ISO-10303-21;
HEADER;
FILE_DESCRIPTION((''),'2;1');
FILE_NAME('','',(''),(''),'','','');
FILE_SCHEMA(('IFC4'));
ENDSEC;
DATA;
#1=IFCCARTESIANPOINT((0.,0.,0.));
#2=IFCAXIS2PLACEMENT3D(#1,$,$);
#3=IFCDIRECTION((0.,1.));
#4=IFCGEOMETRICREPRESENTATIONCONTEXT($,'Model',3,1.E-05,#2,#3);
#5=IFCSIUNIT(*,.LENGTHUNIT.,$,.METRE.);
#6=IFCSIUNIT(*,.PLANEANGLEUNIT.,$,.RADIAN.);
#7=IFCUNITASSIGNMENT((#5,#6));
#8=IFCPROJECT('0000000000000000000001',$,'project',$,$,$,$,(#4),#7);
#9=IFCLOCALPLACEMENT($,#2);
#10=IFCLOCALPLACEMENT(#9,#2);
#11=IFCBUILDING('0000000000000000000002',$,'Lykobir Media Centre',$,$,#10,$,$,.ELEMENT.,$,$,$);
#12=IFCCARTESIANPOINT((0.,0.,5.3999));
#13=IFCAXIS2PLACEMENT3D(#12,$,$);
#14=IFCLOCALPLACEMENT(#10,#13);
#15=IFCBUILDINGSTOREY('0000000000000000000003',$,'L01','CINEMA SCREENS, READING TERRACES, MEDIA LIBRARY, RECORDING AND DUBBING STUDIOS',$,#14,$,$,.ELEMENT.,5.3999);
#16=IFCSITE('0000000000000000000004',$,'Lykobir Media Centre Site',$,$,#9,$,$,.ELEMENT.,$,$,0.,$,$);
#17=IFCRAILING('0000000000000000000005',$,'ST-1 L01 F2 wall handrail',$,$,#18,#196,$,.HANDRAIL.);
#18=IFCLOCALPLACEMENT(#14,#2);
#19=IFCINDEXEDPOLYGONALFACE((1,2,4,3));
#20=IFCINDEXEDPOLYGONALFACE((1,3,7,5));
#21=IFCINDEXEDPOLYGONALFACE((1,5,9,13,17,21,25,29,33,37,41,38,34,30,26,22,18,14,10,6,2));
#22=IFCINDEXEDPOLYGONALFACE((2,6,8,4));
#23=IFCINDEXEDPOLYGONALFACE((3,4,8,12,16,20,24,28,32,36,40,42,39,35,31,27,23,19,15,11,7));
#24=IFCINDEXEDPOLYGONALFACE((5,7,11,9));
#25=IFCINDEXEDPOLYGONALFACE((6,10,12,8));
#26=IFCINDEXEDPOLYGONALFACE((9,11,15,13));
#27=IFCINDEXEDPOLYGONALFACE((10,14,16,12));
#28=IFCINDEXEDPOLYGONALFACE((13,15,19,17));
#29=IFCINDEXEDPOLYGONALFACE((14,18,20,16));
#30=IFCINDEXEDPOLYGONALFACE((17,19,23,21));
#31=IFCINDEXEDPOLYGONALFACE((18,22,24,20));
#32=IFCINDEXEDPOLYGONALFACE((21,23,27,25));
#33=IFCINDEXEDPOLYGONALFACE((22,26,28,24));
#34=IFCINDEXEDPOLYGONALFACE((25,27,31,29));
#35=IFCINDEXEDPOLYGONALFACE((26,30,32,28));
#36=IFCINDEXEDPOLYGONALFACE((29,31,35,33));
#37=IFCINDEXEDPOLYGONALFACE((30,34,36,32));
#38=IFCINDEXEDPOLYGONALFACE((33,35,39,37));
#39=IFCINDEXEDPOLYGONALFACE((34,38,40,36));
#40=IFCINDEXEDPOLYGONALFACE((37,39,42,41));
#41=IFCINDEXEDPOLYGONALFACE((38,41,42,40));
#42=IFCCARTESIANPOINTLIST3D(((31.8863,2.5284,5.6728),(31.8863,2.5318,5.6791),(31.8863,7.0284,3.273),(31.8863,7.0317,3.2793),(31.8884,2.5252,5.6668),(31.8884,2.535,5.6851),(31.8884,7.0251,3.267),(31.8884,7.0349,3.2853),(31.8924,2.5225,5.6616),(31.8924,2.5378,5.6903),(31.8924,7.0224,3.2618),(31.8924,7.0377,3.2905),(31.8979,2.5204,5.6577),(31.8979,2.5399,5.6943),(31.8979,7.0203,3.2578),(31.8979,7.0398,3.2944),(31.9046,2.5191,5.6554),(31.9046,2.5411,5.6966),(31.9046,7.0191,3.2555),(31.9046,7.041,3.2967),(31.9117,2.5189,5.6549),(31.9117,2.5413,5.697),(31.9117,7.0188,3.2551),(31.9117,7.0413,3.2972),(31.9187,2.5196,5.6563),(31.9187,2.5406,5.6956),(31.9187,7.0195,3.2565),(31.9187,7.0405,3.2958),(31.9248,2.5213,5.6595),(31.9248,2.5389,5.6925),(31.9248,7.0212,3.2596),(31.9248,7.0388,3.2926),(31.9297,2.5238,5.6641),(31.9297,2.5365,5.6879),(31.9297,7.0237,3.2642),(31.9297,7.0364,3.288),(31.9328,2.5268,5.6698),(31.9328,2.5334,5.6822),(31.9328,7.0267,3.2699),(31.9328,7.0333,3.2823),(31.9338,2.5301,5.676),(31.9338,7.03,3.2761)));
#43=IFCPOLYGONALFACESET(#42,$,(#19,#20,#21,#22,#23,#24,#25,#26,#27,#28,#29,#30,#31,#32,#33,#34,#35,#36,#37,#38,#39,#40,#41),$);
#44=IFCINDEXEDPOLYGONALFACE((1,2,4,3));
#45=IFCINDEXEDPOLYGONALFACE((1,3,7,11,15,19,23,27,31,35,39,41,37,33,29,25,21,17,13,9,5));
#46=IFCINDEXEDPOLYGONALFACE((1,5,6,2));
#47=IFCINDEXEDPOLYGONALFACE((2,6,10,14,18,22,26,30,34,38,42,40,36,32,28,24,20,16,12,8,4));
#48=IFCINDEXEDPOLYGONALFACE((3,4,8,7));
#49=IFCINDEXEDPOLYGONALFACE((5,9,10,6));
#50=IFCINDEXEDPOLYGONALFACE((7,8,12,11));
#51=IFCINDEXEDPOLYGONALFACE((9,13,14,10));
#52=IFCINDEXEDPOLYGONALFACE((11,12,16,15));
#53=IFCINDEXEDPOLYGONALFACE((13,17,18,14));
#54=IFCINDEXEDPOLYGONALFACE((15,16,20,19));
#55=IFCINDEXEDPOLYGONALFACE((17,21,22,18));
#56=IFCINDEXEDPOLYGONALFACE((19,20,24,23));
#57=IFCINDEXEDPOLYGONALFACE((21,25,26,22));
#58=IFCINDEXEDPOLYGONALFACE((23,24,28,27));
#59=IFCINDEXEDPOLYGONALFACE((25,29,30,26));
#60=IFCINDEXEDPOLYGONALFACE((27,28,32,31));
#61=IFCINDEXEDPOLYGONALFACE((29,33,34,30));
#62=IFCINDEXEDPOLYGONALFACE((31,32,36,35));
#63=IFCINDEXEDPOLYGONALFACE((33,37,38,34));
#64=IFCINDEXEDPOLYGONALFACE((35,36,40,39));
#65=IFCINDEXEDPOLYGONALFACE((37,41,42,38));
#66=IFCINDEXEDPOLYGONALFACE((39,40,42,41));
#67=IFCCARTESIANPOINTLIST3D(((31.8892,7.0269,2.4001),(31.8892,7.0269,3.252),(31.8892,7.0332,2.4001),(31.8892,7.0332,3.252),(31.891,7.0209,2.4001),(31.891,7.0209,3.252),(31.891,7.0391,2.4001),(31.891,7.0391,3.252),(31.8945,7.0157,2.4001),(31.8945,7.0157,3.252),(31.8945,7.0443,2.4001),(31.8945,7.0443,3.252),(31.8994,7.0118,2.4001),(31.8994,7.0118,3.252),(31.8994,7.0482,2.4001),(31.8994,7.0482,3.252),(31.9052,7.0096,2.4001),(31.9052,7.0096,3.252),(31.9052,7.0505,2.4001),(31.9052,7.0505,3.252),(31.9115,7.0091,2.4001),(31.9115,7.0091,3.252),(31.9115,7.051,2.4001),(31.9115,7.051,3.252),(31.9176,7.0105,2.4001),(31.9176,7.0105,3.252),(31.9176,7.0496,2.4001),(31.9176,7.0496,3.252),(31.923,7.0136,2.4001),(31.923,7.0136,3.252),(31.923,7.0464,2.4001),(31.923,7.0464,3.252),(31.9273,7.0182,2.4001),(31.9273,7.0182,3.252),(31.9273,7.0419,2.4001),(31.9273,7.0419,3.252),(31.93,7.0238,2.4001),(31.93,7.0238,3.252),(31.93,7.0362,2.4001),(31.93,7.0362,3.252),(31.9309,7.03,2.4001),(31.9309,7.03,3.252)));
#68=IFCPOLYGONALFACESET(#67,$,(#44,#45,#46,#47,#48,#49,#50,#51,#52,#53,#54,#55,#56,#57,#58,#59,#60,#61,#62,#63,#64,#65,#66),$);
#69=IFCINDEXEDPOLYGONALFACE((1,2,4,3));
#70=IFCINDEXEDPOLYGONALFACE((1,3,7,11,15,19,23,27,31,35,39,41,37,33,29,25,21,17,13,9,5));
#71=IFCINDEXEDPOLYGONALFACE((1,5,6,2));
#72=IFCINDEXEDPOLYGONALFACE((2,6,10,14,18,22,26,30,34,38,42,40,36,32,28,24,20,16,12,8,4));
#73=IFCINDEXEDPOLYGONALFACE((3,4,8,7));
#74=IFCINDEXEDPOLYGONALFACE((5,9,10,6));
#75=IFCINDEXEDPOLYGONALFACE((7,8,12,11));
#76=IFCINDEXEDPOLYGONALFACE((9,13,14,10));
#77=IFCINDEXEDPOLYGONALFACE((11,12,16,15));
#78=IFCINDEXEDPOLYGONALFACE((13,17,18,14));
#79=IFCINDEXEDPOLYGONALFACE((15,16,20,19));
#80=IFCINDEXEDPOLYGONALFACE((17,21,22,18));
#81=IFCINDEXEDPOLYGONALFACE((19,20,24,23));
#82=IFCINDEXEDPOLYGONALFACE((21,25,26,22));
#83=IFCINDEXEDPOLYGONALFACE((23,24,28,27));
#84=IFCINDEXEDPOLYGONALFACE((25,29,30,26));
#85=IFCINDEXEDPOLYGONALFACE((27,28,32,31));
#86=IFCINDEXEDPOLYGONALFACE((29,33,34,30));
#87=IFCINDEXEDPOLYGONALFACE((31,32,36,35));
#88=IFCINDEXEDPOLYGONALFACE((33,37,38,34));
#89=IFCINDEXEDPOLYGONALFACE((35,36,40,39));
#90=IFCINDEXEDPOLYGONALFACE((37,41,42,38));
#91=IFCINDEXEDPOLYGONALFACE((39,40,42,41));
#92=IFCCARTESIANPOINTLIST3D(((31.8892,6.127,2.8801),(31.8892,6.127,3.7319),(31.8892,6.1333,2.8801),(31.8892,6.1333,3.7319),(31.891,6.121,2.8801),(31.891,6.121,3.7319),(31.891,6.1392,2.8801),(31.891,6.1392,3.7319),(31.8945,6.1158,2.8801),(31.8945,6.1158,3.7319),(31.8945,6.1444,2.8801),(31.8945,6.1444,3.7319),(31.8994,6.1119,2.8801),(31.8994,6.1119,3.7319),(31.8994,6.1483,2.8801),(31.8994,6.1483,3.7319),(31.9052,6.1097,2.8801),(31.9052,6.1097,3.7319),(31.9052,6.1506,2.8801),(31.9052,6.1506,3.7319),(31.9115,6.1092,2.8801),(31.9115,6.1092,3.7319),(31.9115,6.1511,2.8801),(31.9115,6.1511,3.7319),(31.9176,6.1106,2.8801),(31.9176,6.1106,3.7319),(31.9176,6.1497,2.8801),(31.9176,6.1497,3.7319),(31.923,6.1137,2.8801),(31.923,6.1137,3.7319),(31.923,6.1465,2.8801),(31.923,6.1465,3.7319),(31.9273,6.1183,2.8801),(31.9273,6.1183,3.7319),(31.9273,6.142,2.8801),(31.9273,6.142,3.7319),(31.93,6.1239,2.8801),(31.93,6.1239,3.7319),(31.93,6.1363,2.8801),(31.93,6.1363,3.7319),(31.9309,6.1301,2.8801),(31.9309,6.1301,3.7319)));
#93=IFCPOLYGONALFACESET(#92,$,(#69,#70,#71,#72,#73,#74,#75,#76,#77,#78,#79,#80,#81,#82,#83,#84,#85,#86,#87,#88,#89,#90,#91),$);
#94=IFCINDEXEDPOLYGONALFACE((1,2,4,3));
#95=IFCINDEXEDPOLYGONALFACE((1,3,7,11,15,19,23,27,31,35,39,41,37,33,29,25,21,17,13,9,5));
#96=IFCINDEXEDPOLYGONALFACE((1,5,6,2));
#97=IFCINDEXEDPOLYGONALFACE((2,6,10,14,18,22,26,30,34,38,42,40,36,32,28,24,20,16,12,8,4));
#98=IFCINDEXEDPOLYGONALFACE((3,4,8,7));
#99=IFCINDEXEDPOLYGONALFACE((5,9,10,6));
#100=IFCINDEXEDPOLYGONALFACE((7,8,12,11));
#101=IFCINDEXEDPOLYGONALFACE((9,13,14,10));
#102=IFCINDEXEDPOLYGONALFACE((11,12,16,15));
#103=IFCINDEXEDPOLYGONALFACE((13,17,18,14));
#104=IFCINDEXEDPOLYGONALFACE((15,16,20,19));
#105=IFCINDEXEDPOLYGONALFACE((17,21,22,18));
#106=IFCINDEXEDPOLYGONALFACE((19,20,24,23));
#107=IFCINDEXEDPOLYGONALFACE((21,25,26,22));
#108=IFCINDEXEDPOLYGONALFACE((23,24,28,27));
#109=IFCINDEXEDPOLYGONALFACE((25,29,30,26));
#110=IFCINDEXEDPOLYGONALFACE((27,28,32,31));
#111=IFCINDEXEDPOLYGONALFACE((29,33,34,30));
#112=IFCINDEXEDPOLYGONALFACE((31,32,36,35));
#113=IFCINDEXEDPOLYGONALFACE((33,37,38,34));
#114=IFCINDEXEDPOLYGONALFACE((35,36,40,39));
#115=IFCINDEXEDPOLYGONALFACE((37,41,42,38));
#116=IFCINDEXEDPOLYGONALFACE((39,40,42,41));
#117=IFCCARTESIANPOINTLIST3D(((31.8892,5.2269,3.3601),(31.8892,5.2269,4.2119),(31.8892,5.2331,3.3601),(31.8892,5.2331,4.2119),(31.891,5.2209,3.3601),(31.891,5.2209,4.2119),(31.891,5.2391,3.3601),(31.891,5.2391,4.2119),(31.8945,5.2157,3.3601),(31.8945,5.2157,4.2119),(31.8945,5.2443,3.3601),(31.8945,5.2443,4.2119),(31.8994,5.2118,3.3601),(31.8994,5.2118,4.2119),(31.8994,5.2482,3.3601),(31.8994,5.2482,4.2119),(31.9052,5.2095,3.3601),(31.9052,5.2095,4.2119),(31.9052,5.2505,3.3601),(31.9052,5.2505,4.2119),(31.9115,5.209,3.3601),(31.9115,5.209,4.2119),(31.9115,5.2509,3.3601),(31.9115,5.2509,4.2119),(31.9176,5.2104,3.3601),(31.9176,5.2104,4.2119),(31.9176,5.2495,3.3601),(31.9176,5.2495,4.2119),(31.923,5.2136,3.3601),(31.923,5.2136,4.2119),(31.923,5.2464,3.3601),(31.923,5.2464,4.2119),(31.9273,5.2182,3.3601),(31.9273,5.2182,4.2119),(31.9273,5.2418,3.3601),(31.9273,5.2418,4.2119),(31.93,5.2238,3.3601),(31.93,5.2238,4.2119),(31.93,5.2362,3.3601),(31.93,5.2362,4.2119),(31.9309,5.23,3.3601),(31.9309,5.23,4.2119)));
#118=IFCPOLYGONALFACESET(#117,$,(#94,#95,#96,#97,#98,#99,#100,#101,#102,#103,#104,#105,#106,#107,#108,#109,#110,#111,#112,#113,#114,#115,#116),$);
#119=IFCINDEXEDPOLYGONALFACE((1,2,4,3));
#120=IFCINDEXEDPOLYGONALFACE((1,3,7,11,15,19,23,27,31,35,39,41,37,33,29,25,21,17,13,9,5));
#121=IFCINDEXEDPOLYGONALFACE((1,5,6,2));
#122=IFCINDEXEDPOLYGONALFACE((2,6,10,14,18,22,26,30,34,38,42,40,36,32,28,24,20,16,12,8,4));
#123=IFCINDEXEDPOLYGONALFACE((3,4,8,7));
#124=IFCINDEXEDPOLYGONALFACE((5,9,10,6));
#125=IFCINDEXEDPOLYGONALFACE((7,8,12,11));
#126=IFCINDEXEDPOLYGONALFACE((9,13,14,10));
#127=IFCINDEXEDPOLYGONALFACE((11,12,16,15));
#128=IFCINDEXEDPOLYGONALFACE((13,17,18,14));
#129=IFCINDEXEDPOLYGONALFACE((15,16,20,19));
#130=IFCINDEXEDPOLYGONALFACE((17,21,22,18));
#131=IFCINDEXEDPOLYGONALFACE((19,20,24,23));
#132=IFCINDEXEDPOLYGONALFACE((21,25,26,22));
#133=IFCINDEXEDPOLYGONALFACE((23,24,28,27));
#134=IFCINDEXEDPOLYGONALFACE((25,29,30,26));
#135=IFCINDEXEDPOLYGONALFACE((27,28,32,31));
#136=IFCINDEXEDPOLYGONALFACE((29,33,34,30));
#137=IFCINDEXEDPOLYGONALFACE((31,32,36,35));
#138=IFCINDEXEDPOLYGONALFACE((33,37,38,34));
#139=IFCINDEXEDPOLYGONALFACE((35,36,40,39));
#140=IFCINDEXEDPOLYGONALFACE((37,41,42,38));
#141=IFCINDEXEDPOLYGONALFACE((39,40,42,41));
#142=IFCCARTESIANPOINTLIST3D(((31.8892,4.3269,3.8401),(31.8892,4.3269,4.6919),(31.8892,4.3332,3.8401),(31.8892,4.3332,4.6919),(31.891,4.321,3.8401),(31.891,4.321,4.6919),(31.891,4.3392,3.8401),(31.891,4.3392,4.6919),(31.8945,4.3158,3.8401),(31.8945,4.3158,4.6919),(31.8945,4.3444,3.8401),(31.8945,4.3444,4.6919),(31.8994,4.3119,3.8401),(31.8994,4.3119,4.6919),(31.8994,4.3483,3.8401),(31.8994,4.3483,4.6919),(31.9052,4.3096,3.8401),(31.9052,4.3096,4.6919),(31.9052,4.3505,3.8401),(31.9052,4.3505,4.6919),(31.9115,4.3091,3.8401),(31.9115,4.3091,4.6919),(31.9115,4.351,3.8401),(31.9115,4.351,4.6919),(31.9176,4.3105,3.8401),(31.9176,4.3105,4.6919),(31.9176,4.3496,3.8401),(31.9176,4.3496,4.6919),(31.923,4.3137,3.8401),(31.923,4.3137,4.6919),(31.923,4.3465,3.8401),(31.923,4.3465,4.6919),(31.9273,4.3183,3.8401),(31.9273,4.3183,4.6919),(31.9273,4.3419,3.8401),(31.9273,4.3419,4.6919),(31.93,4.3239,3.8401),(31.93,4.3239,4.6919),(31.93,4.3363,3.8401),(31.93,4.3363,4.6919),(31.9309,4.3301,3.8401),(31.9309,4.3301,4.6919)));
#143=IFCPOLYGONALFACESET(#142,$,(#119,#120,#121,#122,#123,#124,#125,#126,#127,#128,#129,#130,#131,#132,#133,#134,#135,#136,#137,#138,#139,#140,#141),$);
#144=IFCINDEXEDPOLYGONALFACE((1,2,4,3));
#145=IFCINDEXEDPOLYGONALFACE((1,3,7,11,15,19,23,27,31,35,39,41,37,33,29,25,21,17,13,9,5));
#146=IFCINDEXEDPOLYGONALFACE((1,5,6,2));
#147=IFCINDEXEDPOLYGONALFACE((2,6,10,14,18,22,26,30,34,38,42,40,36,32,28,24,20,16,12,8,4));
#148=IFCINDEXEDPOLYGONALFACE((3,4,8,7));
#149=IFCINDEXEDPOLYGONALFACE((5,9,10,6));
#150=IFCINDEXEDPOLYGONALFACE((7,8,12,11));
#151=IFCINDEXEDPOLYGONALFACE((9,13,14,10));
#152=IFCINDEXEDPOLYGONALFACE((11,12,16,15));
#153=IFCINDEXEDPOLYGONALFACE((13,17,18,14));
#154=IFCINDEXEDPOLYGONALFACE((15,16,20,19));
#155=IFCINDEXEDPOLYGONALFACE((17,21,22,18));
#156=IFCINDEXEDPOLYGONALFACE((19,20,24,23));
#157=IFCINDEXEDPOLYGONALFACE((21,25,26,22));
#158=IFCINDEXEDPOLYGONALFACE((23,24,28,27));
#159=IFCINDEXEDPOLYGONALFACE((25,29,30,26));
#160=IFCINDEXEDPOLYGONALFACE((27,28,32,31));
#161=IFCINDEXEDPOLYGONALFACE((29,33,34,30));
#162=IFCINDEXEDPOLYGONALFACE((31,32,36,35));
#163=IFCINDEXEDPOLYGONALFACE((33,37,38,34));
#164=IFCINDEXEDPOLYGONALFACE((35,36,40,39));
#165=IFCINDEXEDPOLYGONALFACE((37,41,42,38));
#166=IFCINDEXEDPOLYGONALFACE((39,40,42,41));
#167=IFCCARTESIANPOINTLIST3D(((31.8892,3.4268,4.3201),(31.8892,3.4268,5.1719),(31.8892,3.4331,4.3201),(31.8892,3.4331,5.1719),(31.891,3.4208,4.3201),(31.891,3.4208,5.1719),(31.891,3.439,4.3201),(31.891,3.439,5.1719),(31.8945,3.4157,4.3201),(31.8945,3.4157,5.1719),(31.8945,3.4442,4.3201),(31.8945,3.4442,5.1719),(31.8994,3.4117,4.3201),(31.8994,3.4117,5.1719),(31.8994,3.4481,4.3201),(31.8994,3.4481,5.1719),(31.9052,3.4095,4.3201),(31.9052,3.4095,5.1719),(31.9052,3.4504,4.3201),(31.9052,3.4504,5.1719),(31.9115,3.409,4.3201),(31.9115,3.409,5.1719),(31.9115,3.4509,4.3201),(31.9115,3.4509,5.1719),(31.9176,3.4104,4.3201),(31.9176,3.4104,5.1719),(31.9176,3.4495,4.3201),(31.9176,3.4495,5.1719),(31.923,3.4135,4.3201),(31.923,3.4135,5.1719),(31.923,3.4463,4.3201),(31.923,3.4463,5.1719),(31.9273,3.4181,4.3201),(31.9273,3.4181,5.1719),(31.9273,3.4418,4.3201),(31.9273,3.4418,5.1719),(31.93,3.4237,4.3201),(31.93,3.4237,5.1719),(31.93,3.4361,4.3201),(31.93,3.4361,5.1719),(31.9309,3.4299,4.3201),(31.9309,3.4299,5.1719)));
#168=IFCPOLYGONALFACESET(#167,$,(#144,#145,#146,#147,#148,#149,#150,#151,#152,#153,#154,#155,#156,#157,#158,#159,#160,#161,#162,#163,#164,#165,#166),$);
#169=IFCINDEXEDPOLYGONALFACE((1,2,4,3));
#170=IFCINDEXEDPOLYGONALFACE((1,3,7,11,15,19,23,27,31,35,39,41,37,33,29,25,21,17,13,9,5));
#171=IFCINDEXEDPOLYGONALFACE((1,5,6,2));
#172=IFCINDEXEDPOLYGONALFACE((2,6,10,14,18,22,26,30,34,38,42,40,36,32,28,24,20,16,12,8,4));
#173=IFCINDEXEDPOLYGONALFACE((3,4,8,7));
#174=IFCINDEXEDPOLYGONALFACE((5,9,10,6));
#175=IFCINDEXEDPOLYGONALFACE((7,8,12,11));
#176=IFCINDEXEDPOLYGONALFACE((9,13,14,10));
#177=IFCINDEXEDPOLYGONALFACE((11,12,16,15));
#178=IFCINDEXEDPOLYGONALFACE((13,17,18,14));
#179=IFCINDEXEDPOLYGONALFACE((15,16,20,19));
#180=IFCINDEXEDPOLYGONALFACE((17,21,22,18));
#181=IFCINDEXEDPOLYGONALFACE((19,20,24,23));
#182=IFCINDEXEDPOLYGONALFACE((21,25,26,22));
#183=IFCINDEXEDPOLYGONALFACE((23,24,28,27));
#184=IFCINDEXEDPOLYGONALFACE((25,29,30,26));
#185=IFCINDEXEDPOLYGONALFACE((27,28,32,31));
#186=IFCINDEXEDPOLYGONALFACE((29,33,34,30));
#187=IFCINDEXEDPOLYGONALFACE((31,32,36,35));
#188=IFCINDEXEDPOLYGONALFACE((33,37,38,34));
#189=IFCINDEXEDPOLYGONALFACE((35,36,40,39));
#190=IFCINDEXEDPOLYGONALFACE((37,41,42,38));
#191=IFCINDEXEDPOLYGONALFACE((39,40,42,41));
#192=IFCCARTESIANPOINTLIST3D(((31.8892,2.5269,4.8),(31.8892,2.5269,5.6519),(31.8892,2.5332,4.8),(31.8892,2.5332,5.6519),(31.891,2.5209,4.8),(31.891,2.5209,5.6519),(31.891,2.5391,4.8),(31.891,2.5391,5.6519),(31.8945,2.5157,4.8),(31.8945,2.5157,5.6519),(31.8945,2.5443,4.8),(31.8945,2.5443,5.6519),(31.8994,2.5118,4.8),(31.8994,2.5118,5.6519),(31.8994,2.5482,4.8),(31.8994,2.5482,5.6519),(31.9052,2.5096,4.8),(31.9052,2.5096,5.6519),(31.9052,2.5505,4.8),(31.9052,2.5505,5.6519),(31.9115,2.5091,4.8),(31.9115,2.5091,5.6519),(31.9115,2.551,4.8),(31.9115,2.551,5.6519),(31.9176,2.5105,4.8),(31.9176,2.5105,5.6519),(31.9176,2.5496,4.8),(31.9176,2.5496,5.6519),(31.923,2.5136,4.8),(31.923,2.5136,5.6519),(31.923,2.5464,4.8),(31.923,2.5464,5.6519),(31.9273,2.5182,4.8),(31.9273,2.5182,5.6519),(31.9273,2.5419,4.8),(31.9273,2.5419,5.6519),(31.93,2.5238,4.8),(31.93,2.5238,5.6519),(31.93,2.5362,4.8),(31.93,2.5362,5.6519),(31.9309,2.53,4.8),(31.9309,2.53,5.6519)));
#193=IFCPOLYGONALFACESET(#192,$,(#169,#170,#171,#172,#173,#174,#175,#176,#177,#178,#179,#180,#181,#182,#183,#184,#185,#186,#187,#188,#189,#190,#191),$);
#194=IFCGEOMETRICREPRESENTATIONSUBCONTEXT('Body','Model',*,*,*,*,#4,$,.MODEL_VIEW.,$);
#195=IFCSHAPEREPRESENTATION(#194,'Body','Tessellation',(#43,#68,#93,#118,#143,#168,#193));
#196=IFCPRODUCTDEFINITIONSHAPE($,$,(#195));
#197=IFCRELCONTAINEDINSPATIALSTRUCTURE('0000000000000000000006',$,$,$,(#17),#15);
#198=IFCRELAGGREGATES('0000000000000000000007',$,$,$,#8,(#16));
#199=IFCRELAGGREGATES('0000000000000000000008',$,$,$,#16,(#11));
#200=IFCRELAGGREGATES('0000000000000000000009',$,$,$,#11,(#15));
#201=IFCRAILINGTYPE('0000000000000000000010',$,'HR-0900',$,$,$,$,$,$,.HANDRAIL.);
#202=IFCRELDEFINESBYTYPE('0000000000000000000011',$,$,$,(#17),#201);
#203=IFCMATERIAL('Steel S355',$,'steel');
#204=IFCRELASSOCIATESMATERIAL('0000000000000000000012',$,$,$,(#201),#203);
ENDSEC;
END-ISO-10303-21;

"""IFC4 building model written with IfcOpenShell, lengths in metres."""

from ifc_helpers import new_model, si_unit, direction, frame, origin, origin_2d, place, context, subcontext, project, spatial, circle, extrude, material, type_object, element, save


model = new_model("IFC4")

# Units and contexts
model_context = context("Model", 3, precision=1e-05, world=origin(), true_north=direction((0.0, 1.0)))
body_context = subcontext(model_context, "Body", "Model", "MODEL_VIEW")
ifc_project = project(units=[si_unit("LENGTHUNIT", "METRE"), si_unit("PLANEANGLEUNIT", "RADIAN")], contexts=[model_context])

# Site, building, storey
site_placement = place(None, origin())
site = spatial("IfcSite", under=ifc_project, at=site_placement, Name="Lykobir Media Centre Site", CompositionType="ELEMENT", RefElevation=0.0)
building_placement = place(site_placement, origin())
building = spatial("IfcBuilding", under=site, at=building_placement, Name="Lykobir Media Centre", CompositionType="ELEMENT")
storey_placement = place(building_placement, frame((0.0, 0.0, 5.3999)))
storey = spatial("IfcBuildingStorey", under=building, at=storey_placement, Name="L01", Description="CINEMA SCREENS, READING TERRACES, MEDIA LIBRARY, RECORDING AND DUBBING STUDIOS", CompositionType="ELEMENT", Elevation=5.3999)

# Shared definitions
ifc_material_1 = material(Name="Steel S355", Category="steel")

# Railing
railing_type = type_object("IfcRailingType", Name="HR-0900", PredefinedType="HANDRAIL", material=ifc_material_1)
railing_placement = place(storey_placement, frame((31.9099, 7.03, 2.4001)))
element("IfcRailing", 1, at=railing_placement, inside=storey, type_object=railing_type, Name="ST-1 L01 F2 wall handrail", PredefinedType="HANDRAIL", context=body_context, shape_type="SweptSolid", body=[
    extrude(circle(Radius=0.0239, at=origin_2d()), frame((0.0, 0.0, 0.876), z_axis=(0.0, -0.882361, 0.470573), x_axis=(1.0, 0.0, 0.0)), (0.0, 0.0, 1.0), 5.0999),
    extrude(circle(Radius=0.021, at=origin_2d()), origin(), (0.0, 0.0, 1.0), 0.8518),
    extrude(circle(Radius=0.021, at=origin_2d()), frame((0.0, -0.8999, 0.48)), (0.0, 0.0, 1.0), 0.8518),
    extrude(circle(Radius=0.021, at=origin_2d()), frame((0.0, -1.8, 0.96)), (0.0, 0.0, 1.0), 0.8518),
    extrude(circle(Radius=0.021, at=origin_2d()), frame((0.0, -2.7, 1.4399)), (0.0, 0.0, 1.0), 0.8518),
    extrude(circle(Radius=0.021, at=origin_2d()), frame((0.0, -3.6001, 1.9199)), (0.0, 0.0, 1.0), 0.8518),
    extrude(circle(Radius=0.021, at=origin_2d()), frame((0.0, -4.5, 2.3999)), (0.0, 0.0, 1.0), 0.8518),
])

save(model, "model.ifc")
